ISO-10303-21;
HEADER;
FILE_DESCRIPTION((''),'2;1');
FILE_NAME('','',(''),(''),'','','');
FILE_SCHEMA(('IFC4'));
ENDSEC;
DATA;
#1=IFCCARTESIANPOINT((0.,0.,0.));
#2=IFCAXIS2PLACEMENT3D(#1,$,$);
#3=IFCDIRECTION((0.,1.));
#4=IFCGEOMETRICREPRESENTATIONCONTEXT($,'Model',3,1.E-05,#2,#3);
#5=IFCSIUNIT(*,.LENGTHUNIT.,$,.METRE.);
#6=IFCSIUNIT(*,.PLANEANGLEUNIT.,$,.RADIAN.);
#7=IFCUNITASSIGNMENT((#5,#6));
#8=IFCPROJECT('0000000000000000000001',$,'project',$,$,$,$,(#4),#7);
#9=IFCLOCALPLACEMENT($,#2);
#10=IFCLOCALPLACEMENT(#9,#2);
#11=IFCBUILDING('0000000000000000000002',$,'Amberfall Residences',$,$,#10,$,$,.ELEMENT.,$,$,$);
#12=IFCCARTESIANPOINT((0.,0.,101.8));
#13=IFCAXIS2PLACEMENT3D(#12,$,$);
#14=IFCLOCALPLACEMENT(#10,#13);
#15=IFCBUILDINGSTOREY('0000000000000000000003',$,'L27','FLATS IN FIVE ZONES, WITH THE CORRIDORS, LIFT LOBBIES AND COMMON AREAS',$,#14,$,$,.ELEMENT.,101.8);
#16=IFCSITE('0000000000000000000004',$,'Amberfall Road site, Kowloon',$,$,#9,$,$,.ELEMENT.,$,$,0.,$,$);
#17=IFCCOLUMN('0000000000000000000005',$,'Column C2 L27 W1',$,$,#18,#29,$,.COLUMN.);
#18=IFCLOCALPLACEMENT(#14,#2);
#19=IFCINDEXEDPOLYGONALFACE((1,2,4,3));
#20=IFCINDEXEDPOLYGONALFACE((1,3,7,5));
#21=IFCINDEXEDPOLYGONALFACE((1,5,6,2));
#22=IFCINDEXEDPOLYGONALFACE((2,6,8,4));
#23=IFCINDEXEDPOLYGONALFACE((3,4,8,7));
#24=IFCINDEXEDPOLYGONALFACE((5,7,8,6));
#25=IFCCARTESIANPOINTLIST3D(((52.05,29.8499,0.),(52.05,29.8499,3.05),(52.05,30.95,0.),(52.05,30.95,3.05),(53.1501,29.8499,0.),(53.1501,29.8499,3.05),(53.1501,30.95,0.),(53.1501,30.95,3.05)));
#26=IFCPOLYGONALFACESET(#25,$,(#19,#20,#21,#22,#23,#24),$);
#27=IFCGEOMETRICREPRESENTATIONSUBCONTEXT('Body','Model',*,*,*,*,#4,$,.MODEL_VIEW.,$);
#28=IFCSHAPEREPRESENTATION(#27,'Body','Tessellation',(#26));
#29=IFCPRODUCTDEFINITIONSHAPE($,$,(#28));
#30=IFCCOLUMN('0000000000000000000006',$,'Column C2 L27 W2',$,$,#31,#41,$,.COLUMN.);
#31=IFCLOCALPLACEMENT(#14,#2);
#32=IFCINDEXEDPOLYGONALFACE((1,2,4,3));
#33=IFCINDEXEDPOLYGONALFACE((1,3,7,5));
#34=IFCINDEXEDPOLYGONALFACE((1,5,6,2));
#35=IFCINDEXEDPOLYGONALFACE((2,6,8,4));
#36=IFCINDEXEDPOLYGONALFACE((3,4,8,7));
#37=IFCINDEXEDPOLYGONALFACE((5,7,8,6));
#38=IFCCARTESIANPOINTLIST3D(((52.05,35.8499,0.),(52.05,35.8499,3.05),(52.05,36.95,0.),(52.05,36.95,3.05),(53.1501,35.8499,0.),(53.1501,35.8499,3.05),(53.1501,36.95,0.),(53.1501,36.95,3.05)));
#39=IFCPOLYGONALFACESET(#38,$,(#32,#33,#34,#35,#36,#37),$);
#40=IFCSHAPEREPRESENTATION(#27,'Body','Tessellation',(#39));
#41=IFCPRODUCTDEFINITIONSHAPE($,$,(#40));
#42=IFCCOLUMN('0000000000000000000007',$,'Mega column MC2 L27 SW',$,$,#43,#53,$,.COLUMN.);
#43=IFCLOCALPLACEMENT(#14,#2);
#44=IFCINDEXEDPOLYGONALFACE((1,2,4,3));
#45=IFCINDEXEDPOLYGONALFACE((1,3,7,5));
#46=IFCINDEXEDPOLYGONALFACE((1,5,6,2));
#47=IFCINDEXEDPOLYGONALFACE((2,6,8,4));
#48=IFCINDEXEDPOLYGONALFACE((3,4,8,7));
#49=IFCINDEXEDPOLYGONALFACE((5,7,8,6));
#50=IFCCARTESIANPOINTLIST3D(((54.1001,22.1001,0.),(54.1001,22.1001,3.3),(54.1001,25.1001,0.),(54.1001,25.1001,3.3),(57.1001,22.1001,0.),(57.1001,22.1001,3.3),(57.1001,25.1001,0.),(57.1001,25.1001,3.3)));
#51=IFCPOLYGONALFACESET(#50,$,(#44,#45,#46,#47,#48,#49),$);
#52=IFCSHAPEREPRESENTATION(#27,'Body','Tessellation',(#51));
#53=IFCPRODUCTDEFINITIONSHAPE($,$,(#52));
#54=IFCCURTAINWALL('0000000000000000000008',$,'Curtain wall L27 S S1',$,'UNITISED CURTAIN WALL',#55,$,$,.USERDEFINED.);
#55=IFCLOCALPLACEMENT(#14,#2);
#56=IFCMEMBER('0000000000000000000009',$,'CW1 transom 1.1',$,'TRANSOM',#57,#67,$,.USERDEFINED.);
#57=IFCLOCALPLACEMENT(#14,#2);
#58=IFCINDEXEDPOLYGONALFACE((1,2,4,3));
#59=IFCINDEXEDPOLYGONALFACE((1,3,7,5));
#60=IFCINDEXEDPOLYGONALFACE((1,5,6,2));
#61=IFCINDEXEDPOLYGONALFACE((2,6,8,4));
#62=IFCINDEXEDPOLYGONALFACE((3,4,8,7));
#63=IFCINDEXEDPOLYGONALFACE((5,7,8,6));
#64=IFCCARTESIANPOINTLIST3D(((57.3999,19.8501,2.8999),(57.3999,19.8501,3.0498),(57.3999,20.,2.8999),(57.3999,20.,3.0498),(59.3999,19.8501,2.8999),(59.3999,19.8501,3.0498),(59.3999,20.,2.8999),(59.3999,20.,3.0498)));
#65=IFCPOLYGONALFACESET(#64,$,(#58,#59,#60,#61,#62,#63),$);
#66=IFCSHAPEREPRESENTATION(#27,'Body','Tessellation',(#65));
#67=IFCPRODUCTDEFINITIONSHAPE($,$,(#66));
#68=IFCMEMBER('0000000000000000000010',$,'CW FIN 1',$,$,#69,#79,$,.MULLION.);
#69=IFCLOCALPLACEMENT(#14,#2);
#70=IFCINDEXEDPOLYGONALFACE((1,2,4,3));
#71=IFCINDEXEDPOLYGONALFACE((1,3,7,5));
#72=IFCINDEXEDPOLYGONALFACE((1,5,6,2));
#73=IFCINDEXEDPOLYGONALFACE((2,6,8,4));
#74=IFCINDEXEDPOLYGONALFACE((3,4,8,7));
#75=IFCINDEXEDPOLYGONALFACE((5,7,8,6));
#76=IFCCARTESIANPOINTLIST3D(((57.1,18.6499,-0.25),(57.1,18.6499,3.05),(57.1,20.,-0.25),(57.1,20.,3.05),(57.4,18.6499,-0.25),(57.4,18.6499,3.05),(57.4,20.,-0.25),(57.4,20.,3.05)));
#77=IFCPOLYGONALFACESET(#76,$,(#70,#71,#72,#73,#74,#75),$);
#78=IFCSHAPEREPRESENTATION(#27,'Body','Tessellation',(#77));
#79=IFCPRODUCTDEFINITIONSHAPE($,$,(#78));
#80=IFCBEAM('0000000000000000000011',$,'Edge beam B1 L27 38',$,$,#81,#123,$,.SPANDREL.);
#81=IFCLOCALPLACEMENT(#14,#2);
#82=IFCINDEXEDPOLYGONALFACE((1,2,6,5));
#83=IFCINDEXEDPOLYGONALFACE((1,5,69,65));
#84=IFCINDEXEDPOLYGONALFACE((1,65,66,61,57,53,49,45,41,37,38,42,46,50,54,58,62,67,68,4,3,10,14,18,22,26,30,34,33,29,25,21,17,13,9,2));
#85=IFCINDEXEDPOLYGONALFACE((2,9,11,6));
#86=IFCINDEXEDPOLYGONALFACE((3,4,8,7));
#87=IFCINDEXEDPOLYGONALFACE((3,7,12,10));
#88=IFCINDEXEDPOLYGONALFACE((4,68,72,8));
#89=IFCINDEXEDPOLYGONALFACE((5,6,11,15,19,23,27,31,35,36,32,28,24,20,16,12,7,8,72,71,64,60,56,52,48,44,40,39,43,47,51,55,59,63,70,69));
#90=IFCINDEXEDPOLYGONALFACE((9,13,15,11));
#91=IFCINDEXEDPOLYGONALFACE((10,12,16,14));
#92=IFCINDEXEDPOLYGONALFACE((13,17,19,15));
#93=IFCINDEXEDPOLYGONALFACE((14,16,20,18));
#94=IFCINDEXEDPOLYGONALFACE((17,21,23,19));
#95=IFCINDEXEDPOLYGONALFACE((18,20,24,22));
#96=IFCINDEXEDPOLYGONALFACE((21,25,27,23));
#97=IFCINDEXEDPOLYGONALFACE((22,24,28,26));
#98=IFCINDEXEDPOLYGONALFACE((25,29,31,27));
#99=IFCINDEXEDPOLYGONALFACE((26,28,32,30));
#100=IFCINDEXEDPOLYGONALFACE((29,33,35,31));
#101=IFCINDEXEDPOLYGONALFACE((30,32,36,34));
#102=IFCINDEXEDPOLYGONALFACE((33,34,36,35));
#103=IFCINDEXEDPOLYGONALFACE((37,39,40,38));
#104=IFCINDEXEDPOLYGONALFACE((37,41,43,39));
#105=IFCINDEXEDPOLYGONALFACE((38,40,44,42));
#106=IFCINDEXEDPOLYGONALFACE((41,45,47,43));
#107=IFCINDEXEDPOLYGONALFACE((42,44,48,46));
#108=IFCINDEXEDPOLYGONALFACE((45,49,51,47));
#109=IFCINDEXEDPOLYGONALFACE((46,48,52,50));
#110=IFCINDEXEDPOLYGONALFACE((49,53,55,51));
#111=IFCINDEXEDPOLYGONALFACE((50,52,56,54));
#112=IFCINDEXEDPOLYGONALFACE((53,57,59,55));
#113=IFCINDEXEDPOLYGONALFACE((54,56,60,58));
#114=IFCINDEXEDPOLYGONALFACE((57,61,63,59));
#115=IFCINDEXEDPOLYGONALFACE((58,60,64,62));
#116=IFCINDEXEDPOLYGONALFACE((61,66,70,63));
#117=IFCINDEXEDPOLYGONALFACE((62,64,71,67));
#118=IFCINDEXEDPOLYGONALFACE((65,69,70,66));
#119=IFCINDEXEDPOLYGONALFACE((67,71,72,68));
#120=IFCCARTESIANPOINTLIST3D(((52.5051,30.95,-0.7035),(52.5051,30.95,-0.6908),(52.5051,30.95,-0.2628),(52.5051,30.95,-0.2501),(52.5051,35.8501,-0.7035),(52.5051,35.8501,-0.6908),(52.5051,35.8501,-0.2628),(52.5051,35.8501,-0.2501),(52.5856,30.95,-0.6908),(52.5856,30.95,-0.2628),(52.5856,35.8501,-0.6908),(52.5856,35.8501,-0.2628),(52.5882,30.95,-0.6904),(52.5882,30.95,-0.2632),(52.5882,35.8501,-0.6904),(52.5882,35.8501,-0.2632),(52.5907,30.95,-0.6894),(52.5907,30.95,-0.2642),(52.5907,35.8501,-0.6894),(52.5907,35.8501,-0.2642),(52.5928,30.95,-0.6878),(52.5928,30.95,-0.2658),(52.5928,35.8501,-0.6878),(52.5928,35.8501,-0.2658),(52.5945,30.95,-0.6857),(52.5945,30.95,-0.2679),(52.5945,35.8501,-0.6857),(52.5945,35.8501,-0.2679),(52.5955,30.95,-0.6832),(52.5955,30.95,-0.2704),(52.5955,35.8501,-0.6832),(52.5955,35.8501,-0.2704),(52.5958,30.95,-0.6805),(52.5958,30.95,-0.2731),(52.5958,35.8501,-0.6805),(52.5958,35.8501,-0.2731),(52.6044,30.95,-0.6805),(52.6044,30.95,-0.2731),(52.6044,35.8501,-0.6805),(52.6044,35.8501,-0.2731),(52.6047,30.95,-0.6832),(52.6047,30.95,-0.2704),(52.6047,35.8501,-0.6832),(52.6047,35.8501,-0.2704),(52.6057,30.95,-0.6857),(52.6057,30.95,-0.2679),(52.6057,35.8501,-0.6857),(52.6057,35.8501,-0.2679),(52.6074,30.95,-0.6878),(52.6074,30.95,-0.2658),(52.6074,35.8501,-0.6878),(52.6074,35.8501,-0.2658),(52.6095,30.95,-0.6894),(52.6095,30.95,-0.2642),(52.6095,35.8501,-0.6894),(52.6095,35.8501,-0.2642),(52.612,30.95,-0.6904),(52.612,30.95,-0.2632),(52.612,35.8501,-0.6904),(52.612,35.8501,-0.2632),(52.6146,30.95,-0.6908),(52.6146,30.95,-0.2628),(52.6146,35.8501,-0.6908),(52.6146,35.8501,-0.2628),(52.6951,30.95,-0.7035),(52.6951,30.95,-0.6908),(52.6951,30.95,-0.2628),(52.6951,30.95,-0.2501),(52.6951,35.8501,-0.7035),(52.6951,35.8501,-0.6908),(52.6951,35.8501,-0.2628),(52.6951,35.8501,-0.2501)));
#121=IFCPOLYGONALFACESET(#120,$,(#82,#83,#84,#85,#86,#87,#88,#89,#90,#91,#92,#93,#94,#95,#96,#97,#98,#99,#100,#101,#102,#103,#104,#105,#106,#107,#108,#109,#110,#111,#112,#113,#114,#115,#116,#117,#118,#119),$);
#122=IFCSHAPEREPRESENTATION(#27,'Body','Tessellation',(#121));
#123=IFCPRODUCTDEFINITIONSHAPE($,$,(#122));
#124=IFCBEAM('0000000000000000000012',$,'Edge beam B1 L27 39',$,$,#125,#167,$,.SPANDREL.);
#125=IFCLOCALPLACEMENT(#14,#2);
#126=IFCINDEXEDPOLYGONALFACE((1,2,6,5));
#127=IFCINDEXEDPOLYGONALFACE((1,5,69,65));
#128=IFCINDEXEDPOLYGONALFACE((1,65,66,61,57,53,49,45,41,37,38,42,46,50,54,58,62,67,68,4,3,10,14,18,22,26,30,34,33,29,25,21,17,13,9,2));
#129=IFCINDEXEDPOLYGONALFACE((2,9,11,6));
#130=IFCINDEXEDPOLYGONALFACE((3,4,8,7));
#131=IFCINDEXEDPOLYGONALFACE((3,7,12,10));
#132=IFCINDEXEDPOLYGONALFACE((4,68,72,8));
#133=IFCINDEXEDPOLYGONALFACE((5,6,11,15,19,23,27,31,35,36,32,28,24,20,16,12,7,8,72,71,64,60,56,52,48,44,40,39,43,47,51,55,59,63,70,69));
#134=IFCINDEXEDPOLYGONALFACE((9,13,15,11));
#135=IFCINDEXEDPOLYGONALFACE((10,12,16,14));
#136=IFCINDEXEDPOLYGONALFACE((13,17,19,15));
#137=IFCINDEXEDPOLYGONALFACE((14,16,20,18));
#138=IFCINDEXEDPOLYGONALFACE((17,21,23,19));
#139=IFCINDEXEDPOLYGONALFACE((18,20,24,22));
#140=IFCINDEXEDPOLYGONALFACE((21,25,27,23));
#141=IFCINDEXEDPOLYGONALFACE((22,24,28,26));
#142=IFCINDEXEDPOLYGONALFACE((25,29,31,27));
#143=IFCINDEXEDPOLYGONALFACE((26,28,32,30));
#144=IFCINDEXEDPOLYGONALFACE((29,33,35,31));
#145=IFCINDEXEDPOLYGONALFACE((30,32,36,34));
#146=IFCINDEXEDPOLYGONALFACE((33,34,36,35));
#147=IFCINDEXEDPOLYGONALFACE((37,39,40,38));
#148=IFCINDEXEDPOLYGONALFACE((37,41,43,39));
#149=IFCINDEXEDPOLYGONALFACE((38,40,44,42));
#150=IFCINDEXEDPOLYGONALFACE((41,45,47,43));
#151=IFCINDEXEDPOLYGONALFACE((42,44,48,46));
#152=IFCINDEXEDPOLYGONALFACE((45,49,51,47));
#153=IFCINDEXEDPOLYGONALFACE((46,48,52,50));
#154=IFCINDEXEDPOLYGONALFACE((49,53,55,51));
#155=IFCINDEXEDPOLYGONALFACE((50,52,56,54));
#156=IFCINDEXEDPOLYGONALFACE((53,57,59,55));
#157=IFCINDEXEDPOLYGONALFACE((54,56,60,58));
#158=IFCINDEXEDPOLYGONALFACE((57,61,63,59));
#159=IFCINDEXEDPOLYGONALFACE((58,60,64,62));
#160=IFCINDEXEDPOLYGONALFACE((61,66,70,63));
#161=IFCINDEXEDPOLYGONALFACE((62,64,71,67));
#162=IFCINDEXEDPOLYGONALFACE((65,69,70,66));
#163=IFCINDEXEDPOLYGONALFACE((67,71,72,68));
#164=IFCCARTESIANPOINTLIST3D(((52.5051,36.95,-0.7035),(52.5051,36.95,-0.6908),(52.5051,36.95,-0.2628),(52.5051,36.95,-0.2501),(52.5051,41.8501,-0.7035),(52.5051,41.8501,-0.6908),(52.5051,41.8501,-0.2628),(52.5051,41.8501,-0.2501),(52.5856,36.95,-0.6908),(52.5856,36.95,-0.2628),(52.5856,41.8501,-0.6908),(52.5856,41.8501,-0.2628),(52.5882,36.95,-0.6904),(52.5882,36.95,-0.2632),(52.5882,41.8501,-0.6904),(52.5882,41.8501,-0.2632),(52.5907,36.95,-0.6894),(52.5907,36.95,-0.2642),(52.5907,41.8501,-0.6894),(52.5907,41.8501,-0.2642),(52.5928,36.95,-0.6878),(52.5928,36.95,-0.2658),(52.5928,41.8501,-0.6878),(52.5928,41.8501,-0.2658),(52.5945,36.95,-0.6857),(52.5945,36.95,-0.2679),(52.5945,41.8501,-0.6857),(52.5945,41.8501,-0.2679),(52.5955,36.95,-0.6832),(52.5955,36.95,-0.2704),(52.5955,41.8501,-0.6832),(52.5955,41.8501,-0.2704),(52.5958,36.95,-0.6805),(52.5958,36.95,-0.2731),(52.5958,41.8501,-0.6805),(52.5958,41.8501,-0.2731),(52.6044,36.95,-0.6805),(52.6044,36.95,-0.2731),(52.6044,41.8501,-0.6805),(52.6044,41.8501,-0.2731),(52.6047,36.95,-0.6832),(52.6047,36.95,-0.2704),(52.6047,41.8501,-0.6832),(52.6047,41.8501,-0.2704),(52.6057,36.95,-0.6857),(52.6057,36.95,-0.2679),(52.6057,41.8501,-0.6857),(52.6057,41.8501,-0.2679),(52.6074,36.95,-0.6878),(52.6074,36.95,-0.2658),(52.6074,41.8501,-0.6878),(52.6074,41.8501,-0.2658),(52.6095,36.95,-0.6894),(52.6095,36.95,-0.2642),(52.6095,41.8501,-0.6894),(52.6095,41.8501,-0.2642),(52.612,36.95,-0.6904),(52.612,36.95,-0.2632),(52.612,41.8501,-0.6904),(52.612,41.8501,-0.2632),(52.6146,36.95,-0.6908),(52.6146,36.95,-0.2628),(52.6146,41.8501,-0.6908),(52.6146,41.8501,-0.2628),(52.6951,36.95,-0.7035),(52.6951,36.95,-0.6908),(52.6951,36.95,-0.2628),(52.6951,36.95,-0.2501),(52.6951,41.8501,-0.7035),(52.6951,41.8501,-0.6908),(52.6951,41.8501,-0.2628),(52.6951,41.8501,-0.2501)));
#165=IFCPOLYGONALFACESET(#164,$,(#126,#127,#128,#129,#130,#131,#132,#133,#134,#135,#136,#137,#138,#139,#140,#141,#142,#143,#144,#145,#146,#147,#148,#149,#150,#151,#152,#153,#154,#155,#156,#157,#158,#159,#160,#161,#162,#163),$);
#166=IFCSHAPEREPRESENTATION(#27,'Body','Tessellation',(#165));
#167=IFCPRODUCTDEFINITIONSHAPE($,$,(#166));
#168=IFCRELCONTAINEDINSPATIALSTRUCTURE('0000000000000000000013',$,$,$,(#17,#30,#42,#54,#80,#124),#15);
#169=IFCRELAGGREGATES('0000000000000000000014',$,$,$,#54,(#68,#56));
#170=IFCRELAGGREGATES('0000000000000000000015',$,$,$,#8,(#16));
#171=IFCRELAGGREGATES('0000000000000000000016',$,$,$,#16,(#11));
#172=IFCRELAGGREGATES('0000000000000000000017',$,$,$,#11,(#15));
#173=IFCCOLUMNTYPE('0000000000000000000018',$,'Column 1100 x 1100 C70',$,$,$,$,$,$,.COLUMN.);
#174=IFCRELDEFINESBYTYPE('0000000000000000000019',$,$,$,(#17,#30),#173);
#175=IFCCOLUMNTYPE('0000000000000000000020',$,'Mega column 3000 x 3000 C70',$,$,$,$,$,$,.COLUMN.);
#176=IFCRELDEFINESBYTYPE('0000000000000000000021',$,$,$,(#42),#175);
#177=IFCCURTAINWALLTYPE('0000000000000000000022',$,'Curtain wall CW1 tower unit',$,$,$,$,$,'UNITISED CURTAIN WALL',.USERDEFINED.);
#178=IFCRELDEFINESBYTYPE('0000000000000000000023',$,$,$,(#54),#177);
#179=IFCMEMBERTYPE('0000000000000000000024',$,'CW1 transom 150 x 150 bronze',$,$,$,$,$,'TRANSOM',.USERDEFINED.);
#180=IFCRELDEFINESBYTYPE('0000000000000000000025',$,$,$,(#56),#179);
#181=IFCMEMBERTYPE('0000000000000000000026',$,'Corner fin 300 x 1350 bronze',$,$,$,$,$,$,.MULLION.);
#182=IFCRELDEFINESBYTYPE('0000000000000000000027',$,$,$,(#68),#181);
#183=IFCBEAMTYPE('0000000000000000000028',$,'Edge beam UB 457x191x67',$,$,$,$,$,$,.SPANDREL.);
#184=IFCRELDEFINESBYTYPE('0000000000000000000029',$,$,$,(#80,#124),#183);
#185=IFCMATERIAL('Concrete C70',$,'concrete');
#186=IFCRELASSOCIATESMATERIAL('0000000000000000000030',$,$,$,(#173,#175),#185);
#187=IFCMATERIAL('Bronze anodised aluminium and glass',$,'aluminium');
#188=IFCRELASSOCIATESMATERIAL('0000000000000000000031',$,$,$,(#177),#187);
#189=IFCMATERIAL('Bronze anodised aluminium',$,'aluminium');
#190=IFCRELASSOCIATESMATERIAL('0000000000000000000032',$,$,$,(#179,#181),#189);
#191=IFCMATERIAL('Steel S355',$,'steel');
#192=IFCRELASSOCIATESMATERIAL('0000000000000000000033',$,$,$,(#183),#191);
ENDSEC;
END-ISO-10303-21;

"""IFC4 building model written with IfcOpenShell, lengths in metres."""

from ifc_helpers import new_model, si_unit, direction, frame, origin, origin_2d, place, context, subcontext, project, spatial, rectangle, i_section, extrude, material, material_profile, profile_set, type_object, element, aggregate, save


model = new_model("IFC4")

# Units and contexts
model_context = context("Model", 3, precision=1e-05, world=origin(), true_north=direction((0.0, 1.0)))
body_context = subcontext(model_context, "Body", "Model", "MODEL_VIEW")
ifc_project = project(units=[si_unit("LENGTHUNIT", "METRE"), si_unit("PLANEANGLEUNIT", "RADIAN")], contexts=[model_context])

# Site, building, storey
site_placement = place(None, origin())
site = spatial("IfcSite", under=ifc_project, at=site_placement, Name="Amberfall Road site, Kowloon", CompositionType="ELEMENT", RefElevation=0.0)
building_placement = place(site_placement, origin())
building = spatial("IfcBuilding", under=site, at=building_placement, Name="Amberfall Residences", CompositionType="ELEMENT")
storey_placement = place(building_placement, frame((0.0, 0.0, 101.8)))
storey = spatial("IfcBuildingStorey", under=building, at=storey_placement, Name="L27", Description="FLATS IN FIVE ZONES, WITH THE CORRIDORS, LIFT LOBBIES AND COMMON AREAS", CompositionType="ELEMENT", Elevation=101.8)

# Columns
ifc_material_1 = material(Name="Concrete C70", Category="concrete")
ifc_material_profile_1 = material_profile(ifc_material_1, rectangle(XDim=1.1001, YDim=1.1001, at=origin_2d()), Name="Column 1100 x 1100 C70")
ifc_profile_set_1 = profile_set([ifc_material_profile_1], Name="Concrete C70")
column_type_1 = type_object("IfcColumnType", Name="Column 1100 x 1100 C70", PredefinedType="COLUMN", material=ifc_profile_set_1)
for number, where, z_axis, x_axis, name in (
    (1, (52.6001, 30.3999, 0.0), (0.0, 0.0, 1.0), (1.0, 0.0, 0.0), "Column C2 L27 W1"),
    (2, (52.6001, 36.3999, 0.0), (0.0, 0.0, 1.0), (1.0, 0.0, 0.0), "Column C2 L27 W2"),
):
    element("IfcColumn", number, at=place(storey_placement, frame(where, z_axis=z_axis, x_axis=x_axis)), inside=storey, type_object=column_type_1, Name=name, PredefinedType="COLUMN", context=body_context, shape_type="SweptSolid", body=[
        extrude(rectangle(XDim=1.1001, YDim=1.1001, at=origin_2d()), origin(), (0.0, 0.0, 1.0), 3.05),
    ])
ifc_material_profile_2 = material_profile(ifc_material_1, rectangle(XDim=3.0, YDim=3.0, at=origin_2d()), Name="Mega column 3000 x 3000 C70")
ifc_profile_set_2 = profile_set([ifc_material_profile_2], Name="Concrete C70")
column_type_2 = type_object("IfcColumnType", Name="Mega column 3000 x 3000 C70", PredefinedType="COLUMN", material=ifc_profile_set_2)
column_placement = place(storey_placement, frame((55.6001, 23.6001, 0.0), z_axis=(0.0, 0.0, 1.0), x_axis=(1.0, 0.0, 0.0)))
element("IfcColumn", 3, at=column_placement, inside=storey, type_object=column_type_2, Name="Mega column MC2 L27 SW", PredefinedType="COLUMN", context=body_context, shape_type="SweptSolid", body=[
    extrude(rectangle(XDim=3.0, YDim=3.0, at=origin_2d()), origin(), (0.0, 0.0, 1.0), 3.3),
])

# Curtain wall, members
ifc_material_2 = material(Name="Bronze anodised aluminium and glass", Category="aluminium")
curtain_wall_type = type_object("IfcCurtainWallType", Name="Curtain wall CW1 tower unit", ElementType="UNITISED CURTAIN WALL", PredefinedType="USERDEFINED", material=ifc_material_2)
curtain_wall_placement = place(storey_placement, origin())
curtain_wall = element("IfcCurtainWall", 4, at=curtain_wall_placement, inside=storey, type_object=curtain_wall_type, Name="Curtain wall L27 S S1", ObjectType="UNITISED CURTAIN WALL", PredefinedType="USERDEFINED")
ifc_material_3 = material(Name="Bronze anodised aluminium", Category="aluminium")
ifc_material_profile_3 = material_profile(ifc_material_3, rectangle(XDim=0.1499, YDim=0.1499, at=origin_2d()), Name="CW1 transom 150 x 150 bronze")
ifc_profile_set_3 = profile_set([ifc_material_profile_3], Name="Bronze anodised aluminium")
member_type_1 = type_object("IfcMemberType", Name="CW1 transom 150 x 150 bronze", ElementType="TRANSOM", PredefinedType="USERDEFINED", material=ifc_profile_set_3)
member_1_placement = place(storey_placement, frame((57.3999, 19.925, 2.9749), z_axis=(1.0, 0.0, 0.0), x_axis=(0.0, 1.0, 0.0)))
member_1 = element("IfcMember", 5, at=member_1_placement, type_object=member_type_1, Name="CW1 transom 1.1", ObjectType="TRANSOM", PredefinedType="USERDEFINED", context=body_context, shape_type="SweptSolid", body=[
    extrude(rectangle(XDim=0.1499, YDim=0.1499, at=origin_2d()), origin(), (0.0, 0.0, 1.0), 2.0),
])
ifc_material_profile_4 = material_profile(ifc_material_3, rectangle(XDim=1.3501, YDim=0.3, at=origin_2d()), Name="Corner fin 300 x 1350 bronze")
ifc_profile_set_4 = profile_set([ifc_material_profile_4], Name="Bronze anodised aluminium")
member_type_2 = type_object("IfcMemberType", Name="Corner fin 300 x 1350 bronze", PredefinedType="MULLION", material=ifc_profile_set_4)
member_2_placement = place(storey_placement, frame((57.25, 19.325, -0.25), z_axis=(0.0, 0.0, 1.0), x_axis=(0.0, 1.0, 0.0)))
member_2 = element("IfcMember", 6, at=member_2_placement, type_object=member_type_2, Name="CW FIN 1", PredefinedType="MULLION", context=body_context, shape_type="SweptSolid", body=[
    extrude(rectangle(XDim=1.3501, YDim=0.3, at=origin_2d()), origin(), (0.0, 0.0, 1.0), 3.3),
])

# Beams
ifc_material_4 = material(Name="Steel S355", Category="steel")
ifc_material_profile_5 = material_profile(ifc_material_4, i_section(OverallWidth=0.1899, OverallDepth=0.4534, WebThickness=0.0085, FlangeThickness=0.0127, FilletRadius=0.0103, at=origin_2d()), Name="UB 457x191x67")
ifc_profile_set_5 = profile_set([ifc_material_profile_5], Name="Steel S355")
beam_type_1 = type_object("IfcBeamType", Name="Edge beam UB 457x191x67", PredefinedType="SPANDREL", material=ifc_profile_set_5)
for number, where, z_axis, x_axis, name in (
    (7, (52.6001, 30.95, -0.4768), (0.0, 1.0, 0.0), (-1.0, 0.0, 0.0), "Edge beam B1 L27 38"),
    (8, (52.6001, 36.95, -0.4768), (0.0, 1.0, 0.0), (-1.0, 0.0, 0.0), "Edge beam B1 L27 39"),
):
    element("IfcBeam", number, at=place(storey_placement, frame(where, z_axis=z_axis, x_axis=x_axis)), inside=storey, type_object=beam_type_1, Name=name, PredefinedType="SPANDREL", context=body_context, shape_type="SweptSolid", body=[
        extrude(i_section(OverallWidth=0.1899, OverallDepth=0.4534, WebThickness=0.0085, FlangeThickness=0.0127, FilletRadius=0.0103, at=origin_2d()), origin(), (0.0, 0.0, 1.0), 4.9001),
    ])

aggregate(curtain_wall, [member_2, member_1])

save(model, "model.ifc")
